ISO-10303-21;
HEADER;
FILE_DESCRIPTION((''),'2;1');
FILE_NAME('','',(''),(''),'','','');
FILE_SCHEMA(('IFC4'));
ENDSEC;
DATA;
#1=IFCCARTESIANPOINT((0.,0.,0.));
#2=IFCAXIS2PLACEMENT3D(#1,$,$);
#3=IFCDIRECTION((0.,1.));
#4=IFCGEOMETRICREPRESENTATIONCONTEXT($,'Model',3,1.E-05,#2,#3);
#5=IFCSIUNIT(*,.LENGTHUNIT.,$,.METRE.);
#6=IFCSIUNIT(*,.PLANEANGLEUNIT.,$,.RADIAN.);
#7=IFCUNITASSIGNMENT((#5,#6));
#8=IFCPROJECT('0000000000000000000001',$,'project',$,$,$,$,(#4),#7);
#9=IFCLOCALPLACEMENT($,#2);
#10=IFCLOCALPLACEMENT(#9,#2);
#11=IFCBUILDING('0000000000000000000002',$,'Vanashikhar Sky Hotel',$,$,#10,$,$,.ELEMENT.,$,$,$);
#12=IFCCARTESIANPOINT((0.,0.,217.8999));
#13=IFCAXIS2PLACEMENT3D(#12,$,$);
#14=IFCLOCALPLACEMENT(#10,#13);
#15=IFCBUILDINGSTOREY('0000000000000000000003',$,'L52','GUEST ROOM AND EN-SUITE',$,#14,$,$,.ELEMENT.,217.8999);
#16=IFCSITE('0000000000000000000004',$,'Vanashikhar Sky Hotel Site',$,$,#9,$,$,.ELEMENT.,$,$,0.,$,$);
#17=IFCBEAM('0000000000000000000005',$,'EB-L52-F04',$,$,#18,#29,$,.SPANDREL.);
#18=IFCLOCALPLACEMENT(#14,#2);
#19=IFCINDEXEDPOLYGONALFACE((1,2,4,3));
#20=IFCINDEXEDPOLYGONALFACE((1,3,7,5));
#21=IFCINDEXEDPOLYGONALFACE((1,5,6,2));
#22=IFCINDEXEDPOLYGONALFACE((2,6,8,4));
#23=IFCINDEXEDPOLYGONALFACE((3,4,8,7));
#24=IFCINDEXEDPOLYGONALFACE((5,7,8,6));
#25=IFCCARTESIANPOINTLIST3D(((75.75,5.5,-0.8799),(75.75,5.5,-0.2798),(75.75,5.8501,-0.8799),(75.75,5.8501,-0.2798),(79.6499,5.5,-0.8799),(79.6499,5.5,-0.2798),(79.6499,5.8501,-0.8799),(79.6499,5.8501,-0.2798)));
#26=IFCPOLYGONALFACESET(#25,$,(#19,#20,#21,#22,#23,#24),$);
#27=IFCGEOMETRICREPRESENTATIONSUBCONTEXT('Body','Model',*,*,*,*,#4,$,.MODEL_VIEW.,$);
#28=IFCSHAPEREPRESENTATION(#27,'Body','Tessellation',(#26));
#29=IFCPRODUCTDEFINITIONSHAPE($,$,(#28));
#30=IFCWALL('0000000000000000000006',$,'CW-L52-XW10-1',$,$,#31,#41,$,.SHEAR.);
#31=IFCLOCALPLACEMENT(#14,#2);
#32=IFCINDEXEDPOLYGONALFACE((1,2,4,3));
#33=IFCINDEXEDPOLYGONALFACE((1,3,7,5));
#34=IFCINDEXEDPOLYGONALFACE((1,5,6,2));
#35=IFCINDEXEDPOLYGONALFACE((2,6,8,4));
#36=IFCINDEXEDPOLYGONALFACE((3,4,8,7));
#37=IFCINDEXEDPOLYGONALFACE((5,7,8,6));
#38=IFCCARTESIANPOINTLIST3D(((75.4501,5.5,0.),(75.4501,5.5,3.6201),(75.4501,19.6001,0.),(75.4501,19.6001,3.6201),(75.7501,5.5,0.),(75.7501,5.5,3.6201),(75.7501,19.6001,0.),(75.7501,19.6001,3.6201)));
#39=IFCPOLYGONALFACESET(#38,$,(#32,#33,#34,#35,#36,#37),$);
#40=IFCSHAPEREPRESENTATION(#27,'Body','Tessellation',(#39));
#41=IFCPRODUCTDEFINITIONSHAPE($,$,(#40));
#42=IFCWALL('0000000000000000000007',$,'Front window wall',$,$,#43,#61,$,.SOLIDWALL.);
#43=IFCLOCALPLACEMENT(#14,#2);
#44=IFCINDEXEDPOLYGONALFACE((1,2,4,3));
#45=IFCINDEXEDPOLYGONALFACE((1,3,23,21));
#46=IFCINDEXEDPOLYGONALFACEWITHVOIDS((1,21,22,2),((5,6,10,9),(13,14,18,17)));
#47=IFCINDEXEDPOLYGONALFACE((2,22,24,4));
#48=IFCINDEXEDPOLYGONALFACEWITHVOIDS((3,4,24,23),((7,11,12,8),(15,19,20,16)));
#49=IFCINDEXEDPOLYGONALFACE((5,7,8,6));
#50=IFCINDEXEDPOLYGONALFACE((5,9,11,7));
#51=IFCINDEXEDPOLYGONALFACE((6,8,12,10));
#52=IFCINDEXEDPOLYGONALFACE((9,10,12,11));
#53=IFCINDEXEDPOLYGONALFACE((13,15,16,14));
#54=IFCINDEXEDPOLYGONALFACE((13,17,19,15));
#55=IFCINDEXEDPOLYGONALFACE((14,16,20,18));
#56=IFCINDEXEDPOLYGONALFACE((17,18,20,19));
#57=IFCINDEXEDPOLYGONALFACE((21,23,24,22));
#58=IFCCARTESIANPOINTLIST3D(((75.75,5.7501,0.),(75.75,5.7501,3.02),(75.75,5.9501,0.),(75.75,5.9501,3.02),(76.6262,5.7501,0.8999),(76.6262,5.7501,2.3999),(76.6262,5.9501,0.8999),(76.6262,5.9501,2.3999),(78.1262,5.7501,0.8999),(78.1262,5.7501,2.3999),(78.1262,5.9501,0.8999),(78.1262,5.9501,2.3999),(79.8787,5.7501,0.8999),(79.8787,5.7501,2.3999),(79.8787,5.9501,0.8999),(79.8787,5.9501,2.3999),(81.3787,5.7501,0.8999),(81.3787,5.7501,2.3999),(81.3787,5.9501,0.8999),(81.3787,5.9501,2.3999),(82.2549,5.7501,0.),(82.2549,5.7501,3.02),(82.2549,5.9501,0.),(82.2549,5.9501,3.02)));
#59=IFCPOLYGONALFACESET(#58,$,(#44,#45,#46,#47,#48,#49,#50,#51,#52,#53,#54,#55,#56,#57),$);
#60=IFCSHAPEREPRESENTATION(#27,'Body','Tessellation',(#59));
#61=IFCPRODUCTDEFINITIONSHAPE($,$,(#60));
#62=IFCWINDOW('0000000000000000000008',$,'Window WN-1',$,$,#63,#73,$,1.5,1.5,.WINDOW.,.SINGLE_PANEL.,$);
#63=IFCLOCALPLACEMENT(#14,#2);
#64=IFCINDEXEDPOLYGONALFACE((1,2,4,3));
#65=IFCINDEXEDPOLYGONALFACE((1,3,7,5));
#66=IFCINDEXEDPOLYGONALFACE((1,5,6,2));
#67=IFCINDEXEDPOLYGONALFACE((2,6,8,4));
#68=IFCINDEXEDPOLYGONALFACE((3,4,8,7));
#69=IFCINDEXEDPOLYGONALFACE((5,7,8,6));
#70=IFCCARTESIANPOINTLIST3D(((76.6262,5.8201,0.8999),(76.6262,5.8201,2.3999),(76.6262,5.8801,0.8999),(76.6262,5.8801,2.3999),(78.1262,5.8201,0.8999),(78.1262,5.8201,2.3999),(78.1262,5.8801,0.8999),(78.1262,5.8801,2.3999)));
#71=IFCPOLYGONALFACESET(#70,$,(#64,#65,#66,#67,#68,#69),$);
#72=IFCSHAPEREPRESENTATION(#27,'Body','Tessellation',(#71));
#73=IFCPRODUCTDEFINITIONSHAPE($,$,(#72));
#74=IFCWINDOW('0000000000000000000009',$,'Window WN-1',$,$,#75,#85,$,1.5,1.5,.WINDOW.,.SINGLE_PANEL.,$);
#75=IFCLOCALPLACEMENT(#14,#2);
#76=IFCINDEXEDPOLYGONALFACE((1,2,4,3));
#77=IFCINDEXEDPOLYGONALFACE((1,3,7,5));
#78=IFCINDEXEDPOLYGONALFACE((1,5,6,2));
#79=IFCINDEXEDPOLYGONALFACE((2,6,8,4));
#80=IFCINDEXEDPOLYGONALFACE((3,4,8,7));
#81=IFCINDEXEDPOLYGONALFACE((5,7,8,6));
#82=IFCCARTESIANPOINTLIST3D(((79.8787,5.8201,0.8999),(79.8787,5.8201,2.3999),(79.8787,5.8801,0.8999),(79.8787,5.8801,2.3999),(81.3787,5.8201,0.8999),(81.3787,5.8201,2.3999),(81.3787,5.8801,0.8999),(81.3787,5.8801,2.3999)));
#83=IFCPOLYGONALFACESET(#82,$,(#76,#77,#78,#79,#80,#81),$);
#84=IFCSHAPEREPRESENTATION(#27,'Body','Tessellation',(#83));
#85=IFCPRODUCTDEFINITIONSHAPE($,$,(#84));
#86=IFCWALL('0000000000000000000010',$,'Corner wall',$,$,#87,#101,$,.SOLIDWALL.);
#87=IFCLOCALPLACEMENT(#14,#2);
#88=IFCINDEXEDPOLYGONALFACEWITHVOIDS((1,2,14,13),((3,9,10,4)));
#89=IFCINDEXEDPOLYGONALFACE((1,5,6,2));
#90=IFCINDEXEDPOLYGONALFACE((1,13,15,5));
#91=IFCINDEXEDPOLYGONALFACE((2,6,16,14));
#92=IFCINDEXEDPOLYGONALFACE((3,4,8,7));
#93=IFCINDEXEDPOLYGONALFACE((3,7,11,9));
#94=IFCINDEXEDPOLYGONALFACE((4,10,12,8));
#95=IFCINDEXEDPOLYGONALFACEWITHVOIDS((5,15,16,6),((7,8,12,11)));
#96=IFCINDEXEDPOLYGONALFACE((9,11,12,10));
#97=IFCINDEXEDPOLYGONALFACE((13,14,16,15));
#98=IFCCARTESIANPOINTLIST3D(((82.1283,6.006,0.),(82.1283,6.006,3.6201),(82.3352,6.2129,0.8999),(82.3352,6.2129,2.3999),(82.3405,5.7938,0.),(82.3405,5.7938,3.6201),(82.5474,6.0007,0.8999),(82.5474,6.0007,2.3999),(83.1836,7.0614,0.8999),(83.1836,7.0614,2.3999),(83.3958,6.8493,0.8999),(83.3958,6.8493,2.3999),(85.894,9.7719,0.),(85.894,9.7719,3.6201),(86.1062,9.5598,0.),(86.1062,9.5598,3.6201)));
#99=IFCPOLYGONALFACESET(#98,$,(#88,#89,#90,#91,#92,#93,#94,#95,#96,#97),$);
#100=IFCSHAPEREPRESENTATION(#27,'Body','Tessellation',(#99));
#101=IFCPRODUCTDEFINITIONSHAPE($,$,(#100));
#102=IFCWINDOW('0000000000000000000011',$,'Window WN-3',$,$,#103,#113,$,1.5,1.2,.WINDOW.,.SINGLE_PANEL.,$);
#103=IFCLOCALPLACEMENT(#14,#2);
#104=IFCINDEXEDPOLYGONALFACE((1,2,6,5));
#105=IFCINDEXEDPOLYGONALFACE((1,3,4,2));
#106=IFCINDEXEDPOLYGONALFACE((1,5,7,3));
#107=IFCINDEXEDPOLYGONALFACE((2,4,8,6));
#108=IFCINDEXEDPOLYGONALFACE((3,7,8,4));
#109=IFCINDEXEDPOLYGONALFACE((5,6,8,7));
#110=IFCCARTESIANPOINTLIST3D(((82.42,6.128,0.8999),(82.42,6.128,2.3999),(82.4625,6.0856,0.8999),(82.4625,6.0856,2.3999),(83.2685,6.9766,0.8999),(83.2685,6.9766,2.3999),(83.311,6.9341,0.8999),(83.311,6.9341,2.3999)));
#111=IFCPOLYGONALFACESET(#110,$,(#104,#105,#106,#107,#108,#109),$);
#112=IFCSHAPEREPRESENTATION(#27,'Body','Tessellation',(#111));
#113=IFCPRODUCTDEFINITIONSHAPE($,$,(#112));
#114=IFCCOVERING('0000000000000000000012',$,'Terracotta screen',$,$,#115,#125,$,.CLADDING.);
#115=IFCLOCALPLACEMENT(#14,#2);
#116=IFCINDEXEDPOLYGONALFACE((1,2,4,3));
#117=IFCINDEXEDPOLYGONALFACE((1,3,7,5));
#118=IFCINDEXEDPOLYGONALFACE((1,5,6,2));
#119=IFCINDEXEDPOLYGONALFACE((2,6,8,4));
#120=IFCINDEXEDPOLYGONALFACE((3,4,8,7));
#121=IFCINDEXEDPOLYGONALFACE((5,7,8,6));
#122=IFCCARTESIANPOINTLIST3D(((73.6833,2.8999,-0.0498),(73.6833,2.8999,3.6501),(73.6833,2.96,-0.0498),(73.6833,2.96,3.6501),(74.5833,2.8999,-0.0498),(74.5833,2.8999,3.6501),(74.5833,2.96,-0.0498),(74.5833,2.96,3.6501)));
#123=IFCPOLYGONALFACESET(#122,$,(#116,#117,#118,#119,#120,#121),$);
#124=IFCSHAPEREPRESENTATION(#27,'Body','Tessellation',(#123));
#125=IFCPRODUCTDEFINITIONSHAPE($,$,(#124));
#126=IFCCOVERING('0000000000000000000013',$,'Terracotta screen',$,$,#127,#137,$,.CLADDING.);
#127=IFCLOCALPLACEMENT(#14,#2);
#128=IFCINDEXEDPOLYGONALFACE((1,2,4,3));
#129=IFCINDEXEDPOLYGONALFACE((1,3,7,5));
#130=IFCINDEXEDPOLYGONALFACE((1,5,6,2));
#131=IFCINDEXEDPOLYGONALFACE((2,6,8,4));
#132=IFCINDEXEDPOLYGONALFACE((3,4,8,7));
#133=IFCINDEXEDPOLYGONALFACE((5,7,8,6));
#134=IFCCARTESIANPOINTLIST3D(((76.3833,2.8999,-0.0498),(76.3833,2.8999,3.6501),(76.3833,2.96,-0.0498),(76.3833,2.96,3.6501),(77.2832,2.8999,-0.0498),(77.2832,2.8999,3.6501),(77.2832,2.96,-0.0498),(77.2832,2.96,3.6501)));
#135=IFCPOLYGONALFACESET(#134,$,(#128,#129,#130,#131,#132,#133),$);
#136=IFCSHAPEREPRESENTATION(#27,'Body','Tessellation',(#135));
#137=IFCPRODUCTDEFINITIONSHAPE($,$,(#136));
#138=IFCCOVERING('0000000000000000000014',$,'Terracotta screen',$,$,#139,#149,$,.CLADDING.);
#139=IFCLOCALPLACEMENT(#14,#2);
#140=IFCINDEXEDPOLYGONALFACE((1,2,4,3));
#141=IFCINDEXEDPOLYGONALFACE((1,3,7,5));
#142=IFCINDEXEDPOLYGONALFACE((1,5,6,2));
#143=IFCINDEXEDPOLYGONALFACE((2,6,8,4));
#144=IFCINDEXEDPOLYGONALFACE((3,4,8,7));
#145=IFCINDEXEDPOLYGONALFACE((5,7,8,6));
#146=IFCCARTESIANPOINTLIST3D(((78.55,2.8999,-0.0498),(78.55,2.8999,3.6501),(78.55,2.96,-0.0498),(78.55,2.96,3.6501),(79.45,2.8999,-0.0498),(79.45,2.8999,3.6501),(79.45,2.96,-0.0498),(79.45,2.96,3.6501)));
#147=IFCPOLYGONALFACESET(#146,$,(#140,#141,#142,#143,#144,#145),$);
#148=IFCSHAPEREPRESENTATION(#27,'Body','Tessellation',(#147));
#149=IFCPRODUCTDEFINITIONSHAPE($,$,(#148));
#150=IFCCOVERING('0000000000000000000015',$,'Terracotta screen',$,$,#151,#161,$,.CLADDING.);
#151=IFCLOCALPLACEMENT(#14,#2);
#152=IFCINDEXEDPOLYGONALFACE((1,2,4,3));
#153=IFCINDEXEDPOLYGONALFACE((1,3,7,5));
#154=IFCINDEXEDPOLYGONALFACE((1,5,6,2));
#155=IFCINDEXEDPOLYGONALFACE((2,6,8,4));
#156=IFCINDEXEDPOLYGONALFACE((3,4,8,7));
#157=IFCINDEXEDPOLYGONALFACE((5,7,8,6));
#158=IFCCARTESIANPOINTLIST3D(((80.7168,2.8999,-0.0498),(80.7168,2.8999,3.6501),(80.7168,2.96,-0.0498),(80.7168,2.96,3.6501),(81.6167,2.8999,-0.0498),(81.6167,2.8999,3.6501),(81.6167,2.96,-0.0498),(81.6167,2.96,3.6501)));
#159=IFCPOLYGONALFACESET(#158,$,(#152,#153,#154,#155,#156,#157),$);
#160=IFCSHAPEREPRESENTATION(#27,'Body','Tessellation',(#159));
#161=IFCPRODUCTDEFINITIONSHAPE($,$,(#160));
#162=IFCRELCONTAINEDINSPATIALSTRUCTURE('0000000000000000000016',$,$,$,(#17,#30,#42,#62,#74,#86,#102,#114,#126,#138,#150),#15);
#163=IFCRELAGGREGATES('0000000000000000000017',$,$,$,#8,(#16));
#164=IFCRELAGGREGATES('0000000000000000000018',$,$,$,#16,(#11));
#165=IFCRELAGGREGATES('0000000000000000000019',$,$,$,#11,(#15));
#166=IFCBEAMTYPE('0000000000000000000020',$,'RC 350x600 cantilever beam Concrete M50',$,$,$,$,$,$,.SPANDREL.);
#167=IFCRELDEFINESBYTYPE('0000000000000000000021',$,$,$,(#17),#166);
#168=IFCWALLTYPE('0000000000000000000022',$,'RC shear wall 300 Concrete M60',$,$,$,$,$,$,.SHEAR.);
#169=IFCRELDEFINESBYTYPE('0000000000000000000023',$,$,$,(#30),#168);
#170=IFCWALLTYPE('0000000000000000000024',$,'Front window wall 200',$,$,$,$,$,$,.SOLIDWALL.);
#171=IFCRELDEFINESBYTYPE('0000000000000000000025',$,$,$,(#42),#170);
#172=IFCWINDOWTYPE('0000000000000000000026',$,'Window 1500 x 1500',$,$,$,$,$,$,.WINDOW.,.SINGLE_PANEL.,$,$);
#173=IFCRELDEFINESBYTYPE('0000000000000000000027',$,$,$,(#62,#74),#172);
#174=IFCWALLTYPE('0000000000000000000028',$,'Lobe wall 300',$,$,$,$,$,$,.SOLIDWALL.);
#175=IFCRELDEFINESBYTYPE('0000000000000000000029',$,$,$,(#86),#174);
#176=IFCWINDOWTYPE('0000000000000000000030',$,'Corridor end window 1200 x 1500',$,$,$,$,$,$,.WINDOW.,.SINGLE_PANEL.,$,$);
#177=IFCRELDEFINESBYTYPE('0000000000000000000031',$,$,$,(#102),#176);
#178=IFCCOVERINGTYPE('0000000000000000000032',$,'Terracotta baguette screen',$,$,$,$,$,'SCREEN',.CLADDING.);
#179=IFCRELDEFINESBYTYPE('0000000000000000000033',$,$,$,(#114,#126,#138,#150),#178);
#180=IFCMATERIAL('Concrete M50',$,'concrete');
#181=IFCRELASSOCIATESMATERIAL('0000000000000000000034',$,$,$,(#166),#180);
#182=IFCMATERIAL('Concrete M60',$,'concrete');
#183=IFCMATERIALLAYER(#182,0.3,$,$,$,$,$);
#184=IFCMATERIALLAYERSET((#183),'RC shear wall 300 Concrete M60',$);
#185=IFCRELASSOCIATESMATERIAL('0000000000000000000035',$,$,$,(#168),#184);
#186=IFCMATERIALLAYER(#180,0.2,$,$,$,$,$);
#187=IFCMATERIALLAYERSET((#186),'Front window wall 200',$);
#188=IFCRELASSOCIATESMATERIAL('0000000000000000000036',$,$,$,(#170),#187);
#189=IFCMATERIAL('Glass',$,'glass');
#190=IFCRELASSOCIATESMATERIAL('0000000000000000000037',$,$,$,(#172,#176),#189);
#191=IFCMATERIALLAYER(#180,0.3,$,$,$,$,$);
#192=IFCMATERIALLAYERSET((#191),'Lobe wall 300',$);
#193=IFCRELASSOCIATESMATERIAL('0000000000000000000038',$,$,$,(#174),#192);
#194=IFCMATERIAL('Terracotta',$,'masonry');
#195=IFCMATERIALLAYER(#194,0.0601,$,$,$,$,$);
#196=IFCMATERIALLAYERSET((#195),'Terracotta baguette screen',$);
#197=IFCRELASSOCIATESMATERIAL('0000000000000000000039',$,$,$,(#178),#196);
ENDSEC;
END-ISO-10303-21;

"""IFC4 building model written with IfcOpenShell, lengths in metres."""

from ifc_helpers import new_model, si_unit, direction, frame, frame_2d, origin, origin_2d, place, context, subcontext, project, spatial, rectangle, extrude, source, transform, mapped, material, layer, layer_set, material_profile, profile_set, type_object, element, fill, save


model = new_model("IFC4")

# Units and contexts
model_context = context("Model", 3, precision=1e-05, world=origin(), true_north=direction((0.0, 1.0)))
body_context = subcontext(model_context, "Body", "Model", "MODEL_VIEW")
ifc_project = project(units=[si_unit("LENGTHUNIT", "METRE"), si_unit("PLANEANGLEUNIT", "RADIAN")], contexts=[model_context])

# Site, building, storey
site_placement = place(None, origin())
site = spatial("IfcSite", under=ifc_project, at=site_placement, Name="Vanashikhar Sky Hotel Site", CompositionType="ELEMENT", RefElevation=0.0)
building_placement = place(site_placement, origin())
building = spatial("IfcBuilding", under=site, at=building_placement, Name="Vanashikhar Sky Hotel", CompositionType="ELEMENT")
storey_placement = place(building_placement, frame((0.0, 0.0, 217.8999)))
storey = spatial("IfcBuildingStorey", under=building, at=storey_placement, Name="L52", Description="GUEST ROOM AND EN-SUITE", CompositionType="ELEMENT", Elevation=217.8999)

# Beam
ifc_material_1 = material(Name="Concrete M50", Category="concrete")
ifc_material_profile = material_profile(ifc_material_1, rectangle(XDim=0.3501, YDim=0.6001, at=origin_2d()))
ifc_profile_set = profile_set([ifc_material_profile], Name="RC 350x600 cantilever beam Concrete M50")
beam_type = type_object("IfcBeamType", Name="RC 350x600 cantilever beam Concrete M50", PredefinedType="SPANDREL", material=ifc_profile_set)
shared_shape_1 = source(origin(), body_context, "Body", "SweptSolid", [
    extrude(rectangle(XDim=0.3501, YDim=0.6001, at=origin_2d()), origin(), (0.0, 0.0, 1.0), 3.8999),
])
beam_placement = place(storey_placement, frame((75.75, 5.675, -0.5798), z_axis=(1.0, 0.0, 0.0), x_axis=(0.0, 1.0, 0.0)))
element("IfcBeam", 1, at=beam_placement, inside=storey, type_object=beam_type, Name="EB-L52-F04", PredefinedType="SPANDREL", context=body_context, shape_type="MappedRepresentation", body=[
    mapped(shared_shape_1, transform((0.0, 0.0, 0.0), scale=1.0)),
])

# Wall
ifc_material_2 = material(Name="Concrete M60", Category="concrete")
ifc_layer_1 = layer(ifc_material_2, 0.3)
ifc_layer_set_1 = layer_set([ifc_layer_1], Name="RC shear wall 300 Concrete M60")
wall_type_1 = type_object("IfcWallType", Name="RC shear wall 300 Concrete M60", PredefinedType="SHEAR", material=ifc_layer_set_1)
shared_shape_2 = source(origin(), body_context, "Body", "SweptSolid", [
    extrude(rectangle(XDim=14.1001, YDim=0.3, at=frame_2d((7.05, 0.0))), origin(), (0.0, 0.0, 1.0), 3.6201),
])
wall_1_placement = place(storey_placement, frame((75.6001, 5.5, 0.0), z_axis=(0.0, 0.0, 1.0), x_axis=(0.0, 1.0, 0.0)))
element("IfcWall", 2, at=wall_1_placement, inside=storey, type_object=wall_type_1, Name="CW-L52-XW10-1", PredefinedType="SHEAR", context=body_context, shape_type="MappedRepresentation", body=[
    mapped(shared_shape_2, transform((0.0, 0.0, 0.0), scale=1.0)),
])

# Wall, openings, windows
ifc_layer_2 = layer(ifc_material_1, 0.2)
ifc_layer_set_2 = layer_set([ifc_layer_2], Name="Front window wall 200")
wall_type_2 = type_object("IfcWallType", Name="Front window wall 200", PredefinedType="SOLIDWALL", material=ifc_layer_set_2)
shared_shape_3 = source(origin(), body_context, "Body", "SweptSolid", [
    extrude(rectangle(XDim=6.5049, YDim=0.2, at=frame_2d((3.2524, 0.0))), origin(), (0.0, 0.0, 1.0), 3.02),
])
wall_2_placement = place(storey_placement, frame((75.75, 5.8501, 0.0), z_axis=(0.0, 0.0, 1.0), x_axis=(1.0, 0.0, 0.0)))
wall_2 = element("IfcWall", 3, at=wall_2_placement, inside=storey, type_object=wall_type_2, Name="Front window wall", PredefinedType="SOLIDWALL", context=body_context, shape_type="MappedRepresentation", body=[
    mapped(shared_shape_3, transform((0.0, 0.0, 0.0), scale=1.0)),
])
shared_shape_4 = source(origin(), body_context, "Body", "SweptSolid", [
    extrude(rectangle(XDim=1.5, YDim=1.5, at=frame_2d((0.75, 0.75))), frame((0.0, 0.1099, 0.0), z_axis=(0.0, -1.0, 0.0), x_axis=(1.0, 0.0, 0.0)), (0.0, 0.0, 1.0), 0.22),
])
opening_1_placement = place(wall_2_placement, frame((0.8762, 0.0, 0.8999)))
opening_1 = element("IfcOpeningElement", 4, at=opening_1_placement, cuts=wall_2, PredefinedType="OPENING", context=body_context, shape_type="MappedRepresentation", body=[
    mapped(shared_shape_4, transform((0.0, 0.0, 0.0), scale=1.0)),
])
opening_2_placement = place(wall_2_placement, frame((4.1287, 0.0, 0.8999)))
opening_2 = element("IfcOpeningElement", 5, at=opening_2_placement, cuts=wall_2, PredefinedType="OPENING", context=body_context, shape_type="MappedRepresentation", body=[
    mapped(shared_shape_4, transform((0.0, 0.0, 0.0), scale=1.0)),
])
ifc_material_3 = material(Name="Glass", Category="glass")
window_type_1 = type_object("IfcWindowType", Name="Window 1500 x 1500", PartitioningType="SINGLE_PANEL", PredefinedType="WINDOW", material=ifc_material_3)
shared_shape_5 = source(origin(), body_context, "Body", "SweptSolid", [
    extrude(rectangle(XDim=1.5, YDim=1.5, at=frame_2d((0.75, 0.75))), frame((0.0, 0.03, 0.0), z_axis=(0.0, -1.0, 0.0), x_axis=(1.0, 0.0, 0.0)), (0.0, 0.0, 1.0), 0.0601),
])
window_1_placement = place(opening_1_placement, origin())
window_1 = element("IfcWindow", 6, at=window_1_placement, inside=storey, type_object=window_type_1, Name="Window WN-1", OverallHeight=1.5, OverallWidth=1.5, PartitioningType="SINGLE_PANEL", PredefinedType="WINDOW", context=body_context, shape_type="MappedRepresentation", body=[
    mapped(shared_shape_5, transform((0.0, 0.0, 0.0), scale=1.0)),
])
fill(opening_1, window_1)
window_2_placement = place(opening_2_placement, origin())
window_2 = element("IfcWindow", 7, at=window_2_placement, inside=storey, type_object=window_type_1, Name="Window WN-1", OverallHeight=1.5, OverallWidth=1.5, PartitioningType="SINGLE_PANEL", PredefinedType="WINDOW", context=body_context, shape_type="MappedRepresentation", body=[
    mapped(shared_shape_5, transform((0.0, 0.0, 0.0), scale=1.0)),
])
fill(opening_2, window_2)

# Wall, opening, window
ifc_layer_3 = layer(ifc_material_1, 0.3)
ifc_layer_set_3 = layer_set([ifc_layer_3], Name="Lobe wall 300")
wall_type_3 = type_object("IfcWallType", Name="Lobe wall 300", PredefinedType="SOLIDWALL", material=ifc_layer_set_3)
shared_shape_6 = source(origin(), body_context, "Body", "SweptSolid", [
    extrude(rectangle(XDim=5.3257, YDim=0.3, at=frame_2d((2.6628, 0.0))), origin(), (0.0, 0.0, 1.0), 3.6201),
])
wall_3_placement = place(storey_placement, frame((82.2344, 5.8999, 0.0), z_axis=(0.0, 0.0, 1.0), x_axis=(0.707084, 0.70713, 0.0)))
wall_3 = element("IfcWall", 8, at=wall_3_placement, inside=storey, type_object=wall_type_3, Name="Corner wall", PredefinedType="SOLIDWALL", context=body_context, shape_type="MappedRepresentation", body=[
    mapped(shared_shape_6, transform((0.0, 0.0, 0.0), scale=1.0)),
])
shared_shape_7 = source(origin(), body_context, "Body", "SweptSolid", [
    extrude(rectangle(XDim=1.2, YDim=1.5, at=frame_2d((0.6001, 0.75))), frame((0.0, 0.1602, 0.0), z_axis=(0.0, -1.0, 0.0), x_axis=(1.0, 0.0, 0.0)), (0.0, 0.0, 1.0), 0.3201),
])
opening_3_placement = place(wall_3_placement, frame((0.2925, 0.0, 0.8999)))
opening_3 = element("IfcOpeningElement", 9, at=opening_3_placement, cuts=wall_3, PredefinedType="OPENING", context=body_context, shape_type="MappedRepresentation", body=[
    mapped(shared_shape_7, transform((0.0, 0.0, 0.0), scale=1.0)),
])
window_type_2 = type_object("IfcWindowType", Name="Corridor end window 1200 x 1500", PartitioningType="SINGLE_PANEL", PredefinedType="WINDOW", material=ifc_material_3)
shared_shape_8 = source(origin(), body_context, "Body", "SweptSolid", [
    extrude(rectangle(XDim=1.2, YDim=1.5, at=frame_2d((0.6001, 0.75))), frame((0.0, 0.03, 0.0), z_axis=(0.0, -1.0, 0.0), x_axis=(1.0, 0.0, 0.0)), (0.0, 0.0, 1.0), 0.0601),
])
window_3_placement = place(opening_3_placement, origin())
window_3 = element("IfcWindow", 10, at=window_3_placement, inside=storey, type_object=window_type_2, Name="Window WN-3", OverallHeight=1.5, OverallWidth=1.2, PartitioningType="SINGLE_PANEL", PredefinedType="WINDOW", context=body_context, shape_type="MappedRepresentation", body=[
    mapped(shared_shape_8, transform((0.0, 0.0, 0.0), scale=1.0)),
])
fill(opening_3, window_3)

# Coverings
ifc_material_4 = material(Name="Terracotta", Category="masonry")
ifc_layer_4 = layer(ifc_material_4, 0.0601)
ifc_layer_set_4 = layer_set([ifc_layer_4], Name="Terracotta baguette screen")
covering_type = type_object("IfcCoveringType", Name="Terracotta baguette screen", ElementType="SCREEN", PredefinedType="CLADDING", material=ifc_layer_set_4)
shared_shape_9 = source(origin(), body_context, "Body", "SweptSolid", [
    extrude(rectangle(XDim=0.8999, YDim=0.0601, at=origin_2d()), origin(), (0.0, 0.0, 1.0), 3.7),
])
for number, where, z_axis, x_axis, name in (
    (11, (74.1333, 2.9299, -0.0498), (0.0, 0.0, 1.0), (1.0, 0.0, 0.0), "Terracotta screen"),
    (12, (76.8333, 2.9299, -0.0498), (0.0, 0.0, 1.0), (1.0, 0.0, 0.0), "Terracotta screen"),
    (13, (79.0, 2.9299, -0.0498), (0.0, 0.0, 1.0), (1.0, 0.0, 0.0), "Terracotta screen"),
    (14, (81.1667, 2.9299, -0.0498), (0.0, 0.0, 1.0), (1.0, 0.0, 0.0), "Terracotta screen"),
):
    element("IfcCovering", number, at=place(storey_placement, frame(where, z_axis=z_axis, x_axis=x_axis)), inside=storey, type_object=covering_type, Name=name, PredefinedType="CLADDING", context=body_context, shape_type="MappedRepresentation", body=[
        mapped(shared_shape_9, transform((0.0, 0.0, 0.0), scale=1.0)),
    ])

save(model, "model.ifc")
